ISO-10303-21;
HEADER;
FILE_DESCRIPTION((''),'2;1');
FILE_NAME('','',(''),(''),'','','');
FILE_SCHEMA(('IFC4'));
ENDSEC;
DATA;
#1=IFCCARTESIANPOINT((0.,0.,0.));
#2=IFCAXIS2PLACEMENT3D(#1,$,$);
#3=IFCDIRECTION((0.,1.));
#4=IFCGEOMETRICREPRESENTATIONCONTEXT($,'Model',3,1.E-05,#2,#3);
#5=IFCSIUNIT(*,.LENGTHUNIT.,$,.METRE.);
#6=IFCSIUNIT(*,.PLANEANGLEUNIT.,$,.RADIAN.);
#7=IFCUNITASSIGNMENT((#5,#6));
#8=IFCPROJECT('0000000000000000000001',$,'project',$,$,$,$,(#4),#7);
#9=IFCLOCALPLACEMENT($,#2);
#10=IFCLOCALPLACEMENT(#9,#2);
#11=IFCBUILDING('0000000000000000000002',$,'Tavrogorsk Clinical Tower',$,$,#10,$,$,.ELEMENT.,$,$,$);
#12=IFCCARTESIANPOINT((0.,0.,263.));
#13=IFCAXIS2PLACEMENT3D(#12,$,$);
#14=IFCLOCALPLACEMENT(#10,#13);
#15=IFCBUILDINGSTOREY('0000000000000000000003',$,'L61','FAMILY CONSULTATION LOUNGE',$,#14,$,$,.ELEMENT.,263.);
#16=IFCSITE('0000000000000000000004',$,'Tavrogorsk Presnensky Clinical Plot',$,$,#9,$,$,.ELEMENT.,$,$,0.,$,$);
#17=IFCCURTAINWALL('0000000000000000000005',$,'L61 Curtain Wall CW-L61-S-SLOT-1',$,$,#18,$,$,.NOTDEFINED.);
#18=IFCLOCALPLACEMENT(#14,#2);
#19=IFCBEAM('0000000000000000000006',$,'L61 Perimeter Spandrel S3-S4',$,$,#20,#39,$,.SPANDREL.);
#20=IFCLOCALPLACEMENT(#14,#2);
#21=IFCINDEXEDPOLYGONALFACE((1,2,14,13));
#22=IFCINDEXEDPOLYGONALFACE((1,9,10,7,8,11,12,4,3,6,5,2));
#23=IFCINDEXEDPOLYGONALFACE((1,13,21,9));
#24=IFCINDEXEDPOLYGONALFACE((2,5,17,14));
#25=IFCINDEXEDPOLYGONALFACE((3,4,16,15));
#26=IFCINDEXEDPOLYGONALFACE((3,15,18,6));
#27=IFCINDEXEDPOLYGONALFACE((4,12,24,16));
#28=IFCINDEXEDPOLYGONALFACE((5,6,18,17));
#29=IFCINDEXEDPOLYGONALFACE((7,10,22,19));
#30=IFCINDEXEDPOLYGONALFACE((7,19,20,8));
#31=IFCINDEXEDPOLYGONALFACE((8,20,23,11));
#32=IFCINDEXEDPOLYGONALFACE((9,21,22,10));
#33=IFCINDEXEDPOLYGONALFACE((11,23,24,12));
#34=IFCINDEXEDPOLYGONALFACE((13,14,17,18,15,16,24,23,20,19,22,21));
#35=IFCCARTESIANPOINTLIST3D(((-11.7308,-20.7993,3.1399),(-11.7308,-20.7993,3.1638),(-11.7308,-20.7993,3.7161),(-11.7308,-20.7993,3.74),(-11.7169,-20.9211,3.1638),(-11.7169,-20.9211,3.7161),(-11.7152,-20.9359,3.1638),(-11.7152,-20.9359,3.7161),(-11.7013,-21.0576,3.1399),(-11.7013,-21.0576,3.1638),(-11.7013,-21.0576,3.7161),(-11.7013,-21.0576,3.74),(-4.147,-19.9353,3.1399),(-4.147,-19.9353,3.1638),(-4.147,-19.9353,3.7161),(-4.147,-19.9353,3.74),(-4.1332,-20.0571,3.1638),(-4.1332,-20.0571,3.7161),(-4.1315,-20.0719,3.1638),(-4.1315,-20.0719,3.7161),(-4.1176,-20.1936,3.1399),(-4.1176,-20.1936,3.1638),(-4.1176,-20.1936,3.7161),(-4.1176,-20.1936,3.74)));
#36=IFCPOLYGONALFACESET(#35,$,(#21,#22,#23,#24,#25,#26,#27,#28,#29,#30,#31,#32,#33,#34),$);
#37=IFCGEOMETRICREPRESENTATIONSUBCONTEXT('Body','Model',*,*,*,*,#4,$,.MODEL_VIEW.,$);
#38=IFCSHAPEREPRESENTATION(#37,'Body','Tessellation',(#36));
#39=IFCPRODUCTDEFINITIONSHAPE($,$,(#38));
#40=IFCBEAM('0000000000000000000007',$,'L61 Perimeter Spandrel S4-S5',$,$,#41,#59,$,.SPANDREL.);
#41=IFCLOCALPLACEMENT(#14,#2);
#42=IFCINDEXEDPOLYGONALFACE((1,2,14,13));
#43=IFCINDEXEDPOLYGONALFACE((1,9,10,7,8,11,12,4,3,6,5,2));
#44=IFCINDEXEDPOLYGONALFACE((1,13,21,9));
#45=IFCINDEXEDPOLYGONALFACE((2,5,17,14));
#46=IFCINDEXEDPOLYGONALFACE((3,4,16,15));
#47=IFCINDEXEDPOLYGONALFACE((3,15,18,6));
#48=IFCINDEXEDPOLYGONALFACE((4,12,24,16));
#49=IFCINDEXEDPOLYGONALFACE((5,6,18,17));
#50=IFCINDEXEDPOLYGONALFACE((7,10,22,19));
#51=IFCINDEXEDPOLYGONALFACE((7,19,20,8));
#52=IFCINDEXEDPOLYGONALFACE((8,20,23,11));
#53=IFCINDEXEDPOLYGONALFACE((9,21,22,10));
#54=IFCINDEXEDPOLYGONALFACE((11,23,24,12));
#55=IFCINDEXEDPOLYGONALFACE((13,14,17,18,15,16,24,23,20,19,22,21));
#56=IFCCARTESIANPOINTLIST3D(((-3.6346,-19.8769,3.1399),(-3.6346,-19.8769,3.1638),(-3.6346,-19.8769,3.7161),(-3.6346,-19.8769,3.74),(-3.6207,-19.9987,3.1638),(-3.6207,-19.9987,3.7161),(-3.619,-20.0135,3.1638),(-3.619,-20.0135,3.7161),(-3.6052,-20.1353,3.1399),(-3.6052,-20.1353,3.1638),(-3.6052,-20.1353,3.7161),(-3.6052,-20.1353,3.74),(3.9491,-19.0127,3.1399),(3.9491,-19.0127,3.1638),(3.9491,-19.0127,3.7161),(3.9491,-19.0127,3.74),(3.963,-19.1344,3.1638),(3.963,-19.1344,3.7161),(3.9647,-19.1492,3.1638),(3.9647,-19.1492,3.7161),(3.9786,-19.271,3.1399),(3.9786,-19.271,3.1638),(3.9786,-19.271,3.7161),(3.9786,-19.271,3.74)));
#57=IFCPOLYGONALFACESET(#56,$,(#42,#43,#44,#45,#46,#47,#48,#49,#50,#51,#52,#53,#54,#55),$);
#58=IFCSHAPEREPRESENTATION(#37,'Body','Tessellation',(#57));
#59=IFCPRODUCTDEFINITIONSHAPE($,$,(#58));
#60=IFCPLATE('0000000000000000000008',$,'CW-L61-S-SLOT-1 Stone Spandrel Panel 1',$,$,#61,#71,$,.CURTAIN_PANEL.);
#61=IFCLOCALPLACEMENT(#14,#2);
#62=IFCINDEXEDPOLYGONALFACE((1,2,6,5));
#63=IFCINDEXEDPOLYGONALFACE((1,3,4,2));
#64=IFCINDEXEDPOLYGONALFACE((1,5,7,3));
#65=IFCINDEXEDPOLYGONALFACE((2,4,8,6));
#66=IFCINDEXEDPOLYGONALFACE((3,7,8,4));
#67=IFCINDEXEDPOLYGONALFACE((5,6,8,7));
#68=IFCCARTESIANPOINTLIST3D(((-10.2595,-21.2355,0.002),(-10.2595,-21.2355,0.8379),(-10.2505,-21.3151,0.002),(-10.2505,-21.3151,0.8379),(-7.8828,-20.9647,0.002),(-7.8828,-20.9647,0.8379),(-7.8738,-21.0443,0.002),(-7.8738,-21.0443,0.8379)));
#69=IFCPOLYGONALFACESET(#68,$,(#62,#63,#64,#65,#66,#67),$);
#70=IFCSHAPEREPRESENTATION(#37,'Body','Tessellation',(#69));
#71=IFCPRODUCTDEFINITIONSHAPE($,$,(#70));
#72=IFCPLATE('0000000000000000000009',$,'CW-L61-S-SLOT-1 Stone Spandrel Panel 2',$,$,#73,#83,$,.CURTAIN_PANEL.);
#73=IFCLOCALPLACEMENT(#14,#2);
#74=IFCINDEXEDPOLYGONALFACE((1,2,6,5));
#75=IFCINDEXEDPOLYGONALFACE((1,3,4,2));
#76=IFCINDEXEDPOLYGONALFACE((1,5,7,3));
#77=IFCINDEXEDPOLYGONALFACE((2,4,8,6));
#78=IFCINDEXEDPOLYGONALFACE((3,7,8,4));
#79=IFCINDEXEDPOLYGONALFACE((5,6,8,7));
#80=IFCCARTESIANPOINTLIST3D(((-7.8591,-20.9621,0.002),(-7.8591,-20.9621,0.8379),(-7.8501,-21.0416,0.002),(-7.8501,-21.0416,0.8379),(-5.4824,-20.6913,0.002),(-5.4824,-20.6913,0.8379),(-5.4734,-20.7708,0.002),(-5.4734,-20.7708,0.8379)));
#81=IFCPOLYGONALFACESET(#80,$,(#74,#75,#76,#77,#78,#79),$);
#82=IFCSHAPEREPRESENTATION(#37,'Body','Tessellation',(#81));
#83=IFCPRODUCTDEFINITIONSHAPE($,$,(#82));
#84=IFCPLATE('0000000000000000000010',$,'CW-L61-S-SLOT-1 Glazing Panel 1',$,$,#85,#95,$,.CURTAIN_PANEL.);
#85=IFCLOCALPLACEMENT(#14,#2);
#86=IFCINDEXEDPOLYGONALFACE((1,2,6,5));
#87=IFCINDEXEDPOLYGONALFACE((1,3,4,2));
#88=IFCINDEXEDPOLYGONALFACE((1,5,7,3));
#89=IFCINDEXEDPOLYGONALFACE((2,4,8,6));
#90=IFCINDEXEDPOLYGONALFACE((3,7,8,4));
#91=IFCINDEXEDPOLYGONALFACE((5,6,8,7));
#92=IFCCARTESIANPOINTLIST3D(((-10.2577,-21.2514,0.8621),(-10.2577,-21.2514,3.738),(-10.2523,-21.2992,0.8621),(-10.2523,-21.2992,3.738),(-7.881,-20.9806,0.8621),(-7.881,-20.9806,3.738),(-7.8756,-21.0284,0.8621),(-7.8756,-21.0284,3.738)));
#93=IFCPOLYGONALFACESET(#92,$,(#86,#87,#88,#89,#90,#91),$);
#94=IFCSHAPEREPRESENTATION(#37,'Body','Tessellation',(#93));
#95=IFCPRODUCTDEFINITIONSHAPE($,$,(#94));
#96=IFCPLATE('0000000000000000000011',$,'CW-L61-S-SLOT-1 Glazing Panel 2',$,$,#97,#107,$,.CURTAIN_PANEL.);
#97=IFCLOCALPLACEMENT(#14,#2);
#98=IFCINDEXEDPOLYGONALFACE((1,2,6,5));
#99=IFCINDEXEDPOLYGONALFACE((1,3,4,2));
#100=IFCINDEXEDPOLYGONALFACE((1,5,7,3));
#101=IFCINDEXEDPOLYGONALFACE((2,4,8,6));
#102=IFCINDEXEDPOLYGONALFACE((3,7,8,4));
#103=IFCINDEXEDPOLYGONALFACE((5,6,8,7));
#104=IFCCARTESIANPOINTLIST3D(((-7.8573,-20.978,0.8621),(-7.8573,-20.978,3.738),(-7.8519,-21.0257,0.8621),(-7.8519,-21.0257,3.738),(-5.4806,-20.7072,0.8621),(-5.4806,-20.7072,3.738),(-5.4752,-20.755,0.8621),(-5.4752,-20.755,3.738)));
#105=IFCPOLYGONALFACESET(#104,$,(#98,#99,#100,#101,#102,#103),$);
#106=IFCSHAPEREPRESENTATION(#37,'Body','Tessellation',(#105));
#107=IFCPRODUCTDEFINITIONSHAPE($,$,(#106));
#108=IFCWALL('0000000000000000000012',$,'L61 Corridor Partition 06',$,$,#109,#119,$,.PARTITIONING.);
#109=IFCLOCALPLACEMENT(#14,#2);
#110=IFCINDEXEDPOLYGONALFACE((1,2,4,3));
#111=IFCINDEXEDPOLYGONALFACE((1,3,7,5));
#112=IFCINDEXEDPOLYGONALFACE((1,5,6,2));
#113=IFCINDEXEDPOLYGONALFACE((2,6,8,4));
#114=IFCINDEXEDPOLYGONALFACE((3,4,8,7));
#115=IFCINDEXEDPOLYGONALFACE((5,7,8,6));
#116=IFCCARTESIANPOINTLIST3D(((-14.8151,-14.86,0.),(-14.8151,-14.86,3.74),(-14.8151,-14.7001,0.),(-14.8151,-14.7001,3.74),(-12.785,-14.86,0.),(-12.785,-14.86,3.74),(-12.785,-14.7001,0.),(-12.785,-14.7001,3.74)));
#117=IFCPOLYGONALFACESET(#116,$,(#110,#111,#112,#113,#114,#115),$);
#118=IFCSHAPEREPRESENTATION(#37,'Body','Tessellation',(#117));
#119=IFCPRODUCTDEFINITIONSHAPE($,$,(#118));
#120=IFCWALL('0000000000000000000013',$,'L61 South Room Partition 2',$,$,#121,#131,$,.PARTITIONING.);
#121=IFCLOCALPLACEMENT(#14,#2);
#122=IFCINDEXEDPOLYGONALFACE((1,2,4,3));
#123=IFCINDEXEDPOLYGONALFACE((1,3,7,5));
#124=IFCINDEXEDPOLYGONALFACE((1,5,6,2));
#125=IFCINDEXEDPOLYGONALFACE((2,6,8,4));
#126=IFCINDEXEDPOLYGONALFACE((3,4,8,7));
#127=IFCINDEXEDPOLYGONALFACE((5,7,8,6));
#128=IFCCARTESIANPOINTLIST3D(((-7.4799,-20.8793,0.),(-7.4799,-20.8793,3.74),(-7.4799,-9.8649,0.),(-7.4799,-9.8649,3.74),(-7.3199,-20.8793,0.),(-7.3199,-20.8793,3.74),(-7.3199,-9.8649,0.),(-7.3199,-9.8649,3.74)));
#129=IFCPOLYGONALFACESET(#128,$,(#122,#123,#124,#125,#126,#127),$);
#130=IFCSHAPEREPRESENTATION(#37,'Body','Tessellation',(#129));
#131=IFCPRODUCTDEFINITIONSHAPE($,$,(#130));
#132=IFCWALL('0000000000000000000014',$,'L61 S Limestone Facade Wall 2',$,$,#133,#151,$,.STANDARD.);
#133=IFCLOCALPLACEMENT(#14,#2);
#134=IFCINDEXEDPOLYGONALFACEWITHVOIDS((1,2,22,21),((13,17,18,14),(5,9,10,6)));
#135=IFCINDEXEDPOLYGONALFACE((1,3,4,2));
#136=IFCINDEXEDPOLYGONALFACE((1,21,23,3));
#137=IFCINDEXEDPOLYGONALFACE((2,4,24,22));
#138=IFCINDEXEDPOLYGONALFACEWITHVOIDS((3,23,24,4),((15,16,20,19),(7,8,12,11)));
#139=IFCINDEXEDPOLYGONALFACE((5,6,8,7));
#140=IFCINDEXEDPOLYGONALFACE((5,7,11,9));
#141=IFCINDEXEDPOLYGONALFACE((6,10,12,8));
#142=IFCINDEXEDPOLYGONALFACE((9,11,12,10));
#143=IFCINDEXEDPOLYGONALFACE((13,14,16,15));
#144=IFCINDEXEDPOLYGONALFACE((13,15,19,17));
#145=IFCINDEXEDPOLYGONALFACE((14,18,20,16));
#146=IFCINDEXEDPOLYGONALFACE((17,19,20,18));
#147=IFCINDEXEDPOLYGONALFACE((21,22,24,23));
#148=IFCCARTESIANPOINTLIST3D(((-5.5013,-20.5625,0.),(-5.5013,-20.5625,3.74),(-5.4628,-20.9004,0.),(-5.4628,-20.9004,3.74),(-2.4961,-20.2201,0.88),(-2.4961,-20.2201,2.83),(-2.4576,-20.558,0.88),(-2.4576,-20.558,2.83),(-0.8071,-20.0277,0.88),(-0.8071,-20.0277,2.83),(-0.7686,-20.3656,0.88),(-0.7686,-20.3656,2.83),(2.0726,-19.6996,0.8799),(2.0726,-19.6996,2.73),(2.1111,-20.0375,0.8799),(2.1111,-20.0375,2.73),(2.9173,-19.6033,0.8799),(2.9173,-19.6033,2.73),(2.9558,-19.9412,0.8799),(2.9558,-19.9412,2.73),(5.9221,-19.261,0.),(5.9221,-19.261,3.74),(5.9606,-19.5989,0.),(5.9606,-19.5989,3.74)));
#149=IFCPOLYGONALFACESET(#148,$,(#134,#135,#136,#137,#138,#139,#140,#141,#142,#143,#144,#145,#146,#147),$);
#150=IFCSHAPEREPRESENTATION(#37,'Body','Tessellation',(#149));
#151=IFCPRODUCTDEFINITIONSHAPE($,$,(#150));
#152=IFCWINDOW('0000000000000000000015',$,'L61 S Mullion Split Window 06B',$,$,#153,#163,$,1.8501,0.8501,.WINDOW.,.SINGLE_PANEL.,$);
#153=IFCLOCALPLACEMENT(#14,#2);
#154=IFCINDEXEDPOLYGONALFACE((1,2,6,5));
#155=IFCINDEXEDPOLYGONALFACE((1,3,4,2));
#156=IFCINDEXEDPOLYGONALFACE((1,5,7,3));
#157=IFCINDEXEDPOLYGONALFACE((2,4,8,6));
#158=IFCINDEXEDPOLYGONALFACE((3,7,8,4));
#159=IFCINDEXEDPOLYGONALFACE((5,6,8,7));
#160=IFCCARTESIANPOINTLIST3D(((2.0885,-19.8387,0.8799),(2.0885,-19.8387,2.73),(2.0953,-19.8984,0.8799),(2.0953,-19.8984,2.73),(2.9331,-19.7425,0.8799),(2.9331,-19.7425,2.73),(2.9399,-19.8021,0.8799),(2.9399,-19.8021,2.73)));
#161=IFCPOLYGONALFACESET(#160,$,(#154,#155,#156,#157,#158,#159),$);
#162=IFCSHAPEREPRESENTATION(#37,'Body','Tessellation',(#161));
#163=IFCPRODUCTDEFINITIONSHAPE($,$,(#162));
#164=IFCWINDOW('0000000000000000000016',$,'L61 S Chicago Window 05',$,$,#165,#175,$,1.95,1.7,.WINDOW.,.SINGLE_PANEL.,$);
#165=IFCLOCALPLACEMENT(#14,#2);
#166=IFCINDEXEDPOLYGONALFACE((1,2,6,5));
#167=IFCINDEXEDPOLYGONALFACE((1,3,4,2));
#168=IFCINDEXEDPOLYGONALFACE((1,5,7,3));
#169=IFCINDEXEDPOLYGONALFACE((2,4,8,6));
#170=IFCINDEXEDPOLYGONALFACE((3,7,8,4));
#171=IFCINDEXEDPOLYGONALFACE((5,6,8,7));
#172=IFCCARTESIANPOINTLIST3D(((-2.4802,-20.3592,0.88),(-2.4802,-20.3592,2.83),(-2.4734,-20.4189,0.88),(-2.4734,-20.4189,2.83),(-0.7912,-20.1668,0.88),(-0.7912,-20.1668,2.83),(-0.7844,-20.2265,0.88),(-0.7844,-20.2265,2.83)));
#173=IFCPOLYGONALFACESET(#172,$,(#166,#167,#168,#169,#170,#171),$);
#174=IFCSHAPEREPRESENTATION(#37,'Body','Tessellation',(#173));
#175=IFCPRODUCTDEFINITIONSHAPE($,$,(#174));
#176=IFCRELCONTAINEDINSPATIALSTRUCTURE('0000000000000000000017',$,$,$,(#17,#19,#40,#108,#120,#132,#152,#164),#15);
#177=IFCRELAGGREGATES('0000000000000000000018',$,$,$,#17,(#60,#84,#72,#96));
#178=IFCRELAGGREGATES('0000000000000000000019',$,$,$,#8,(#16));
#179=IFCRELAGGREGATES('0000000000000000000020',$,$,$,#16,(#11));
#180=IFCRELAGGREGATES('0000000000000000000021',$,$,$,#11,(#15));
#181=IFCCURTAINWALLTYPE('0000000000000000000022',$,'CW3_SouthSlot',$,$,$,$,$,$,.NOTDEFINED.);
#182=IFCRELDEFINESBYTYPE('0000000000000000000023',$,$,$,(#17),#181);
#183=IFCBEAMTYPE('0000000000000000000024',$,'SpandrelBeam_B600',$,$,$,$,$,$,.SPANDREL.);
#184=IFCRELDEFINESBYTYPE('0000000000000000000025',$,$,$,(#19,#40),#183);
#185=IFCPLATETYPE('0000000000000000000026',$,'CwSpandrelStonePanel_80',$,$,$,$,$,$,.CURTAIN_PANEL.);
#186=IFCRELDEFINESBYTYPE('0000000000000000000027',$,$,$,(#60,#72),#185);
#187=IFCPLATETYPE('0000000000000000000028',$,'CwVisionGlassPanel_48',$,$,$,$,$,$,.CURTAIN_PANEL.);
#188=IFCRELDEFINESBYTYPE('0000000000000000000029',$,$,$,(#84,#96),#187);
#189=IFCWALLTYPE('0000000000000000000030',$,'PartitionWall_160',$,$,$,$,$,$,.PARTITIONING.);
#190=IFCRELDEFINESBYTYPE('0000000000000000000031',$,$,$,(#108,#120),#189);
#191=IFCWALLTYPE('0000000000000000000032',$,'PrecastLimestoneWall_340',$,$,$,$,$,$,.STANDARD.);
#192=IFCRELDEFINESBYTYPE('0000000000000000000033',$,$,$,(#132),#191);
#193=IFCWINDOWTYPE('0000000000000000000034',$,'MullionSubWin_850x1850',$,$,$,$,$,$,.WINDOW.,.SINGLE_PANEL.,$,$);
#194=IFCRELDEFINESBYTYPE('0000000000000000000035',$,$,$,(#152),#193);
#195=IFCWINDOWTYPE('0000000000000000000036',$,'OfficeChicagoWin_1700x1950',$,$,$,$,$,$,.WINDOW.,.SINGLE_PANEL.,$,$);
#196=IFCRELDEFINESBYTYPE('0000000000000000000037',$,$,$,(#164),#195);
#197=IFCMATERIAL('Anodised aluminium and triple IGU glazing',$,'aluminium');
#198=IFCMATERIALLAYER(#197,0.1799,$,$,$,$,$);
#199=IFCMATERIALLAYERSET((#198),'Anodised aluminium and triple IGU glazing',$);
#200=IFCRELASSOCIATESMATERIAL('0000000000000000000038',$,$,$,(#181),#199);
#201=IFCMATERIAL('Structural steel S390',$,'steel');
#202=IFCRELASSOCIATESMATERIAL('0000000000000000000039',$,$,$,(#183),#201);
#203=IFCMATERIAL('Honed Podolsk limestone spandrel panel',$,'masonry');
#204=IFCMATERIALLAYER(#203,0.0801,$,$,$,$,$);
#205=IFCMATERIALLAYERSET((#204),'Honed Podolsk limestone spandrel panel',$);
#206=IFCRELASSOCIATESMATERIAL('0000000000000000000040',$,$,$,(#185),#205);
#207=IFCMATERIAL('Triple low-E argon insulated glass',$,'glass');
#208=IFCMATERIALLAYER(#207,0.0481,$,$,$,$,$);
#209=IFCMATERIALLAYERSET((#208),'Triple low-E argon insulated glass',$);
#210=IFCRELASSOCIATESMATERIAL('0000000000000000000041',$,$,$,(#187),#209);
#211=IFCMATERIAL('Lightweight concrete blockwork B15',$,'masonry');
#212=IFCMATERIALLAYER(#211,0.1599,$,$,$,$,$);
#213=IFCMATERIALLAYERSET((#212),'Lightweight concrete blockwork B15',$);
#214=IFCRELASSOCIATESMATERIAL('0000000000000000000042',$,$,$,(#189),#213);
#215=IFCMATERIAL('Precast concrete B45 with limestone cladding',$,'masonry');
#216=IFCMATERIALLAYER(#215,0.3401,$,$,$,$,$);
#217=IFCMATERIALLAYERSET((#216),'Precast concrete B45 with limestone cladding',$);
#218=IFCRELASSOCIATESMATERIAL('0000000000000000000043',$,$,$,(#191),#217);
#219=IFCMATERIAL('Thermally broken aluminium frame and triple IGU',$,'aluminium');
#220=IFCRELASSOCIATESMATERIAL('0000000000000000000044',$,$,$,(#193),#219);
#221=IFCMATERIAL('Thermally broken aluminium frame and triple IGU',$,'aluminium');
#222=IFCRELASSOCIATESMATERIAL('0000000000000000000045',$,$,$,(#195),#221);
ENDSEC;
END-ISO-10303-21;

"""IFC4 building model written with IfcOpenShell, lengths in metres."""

from ifc_helpers import new_model, si_unit, direction, frame, frame_2d, origin, origin_2d, place, context, subcontext, project, spatial, rectangle, i_section, extrude, material, layer, layer_set, material_profile, profile_set, type_object, element, fill, aggregate, save


model = new_model("IFC4")

# Units and contexts
model_context = context("Model", 3, precision=1e-05, world=origin(), true_north=direction((0.0, 1.0)))
body_context = subcontext(model_context, "Body", "Model", "MODEL_VIEW")
ifc_project = project(units=[si_unit("LENGTHUNIT", "METRE"), si_unit("PLANEANGLEUNIT", "RADIAN")], contexts=[model_context])

# Site, building, storey
site_placement = place(None, origin())
site = spatial("IfcSite", under=ifc_project, at=site_placement, Name="Tavrogorsk Presnensky Clinical Plot", CompositionType="ELEMENT", RefElevation=0.0)
building_placement = place(site_placement, origin())
building = spatial("IfcBuilding", under=site, at=building_placement, Name="Tavrogorsk Clinical Tower", CompositionType="ELEMENT")
storey_placement = place(building_placement, frame((0.0, 0.0, 263.0)))
storey = spatial("IfcBuildingStorey", under=building, at=storey_placement, Name="L61", Description="FAMILY CONSULTATION LOUNGE", CompositionType="ELEMENT", Elevation=263.0)

# Curtain wall
ifc_material_1 = material(Name="Anodised aluminium and triple IGU glazing", Category="aluminium")
ifc_layer_1 = layer(ifc_material_1, 0.1799)
ifc_layer_set_1 = layer_set([ifc_layer_1], Name="Anodised aluminium and triple IGU glazing")
curtain_wall_type = type_object("IfcCurtainWallType", Name="CW3_SouthSlot", PredefinedType="NOTDEFINED", material=ifc_layer_set_1)
curtain_wall_placement = place(storey_placement, origin())
curtain_wall = element("IfcCurtainWall", 1, at=curtain_wall_placement, inside=storey, type_object=curtain_wall_type, Name="L61 Curtain Wall CW-L61-S-SLOT-1", PredefinedType="NOTDEFINED")

# Beams
ifc_material_2 = material(Name="Structural steel S390", Category="steel")
ifc_material_profile_1 = material_profile(ifc_material_2, i_section(OverallWidth=0.26, OverallDepth=0.6001, WebThickness=0.0149, FlangeThickness=0.0239, at=origin_2d()), Name="B-600x260x15x24")
ifc_profile_set_1 = profile_set([ifc_material_profile_1], Name="Structural steel S390")
beam_type = type_object("IfcBeamType", Name="SpandrelBeam_B600", PredefinedType="SPANDREL", material=ifc_profile_set_1)
for number, where, z_axis, x_axis, name in (
    (2, (-11.7161, -20.9285, 3.4399), (0.993573, 0.113197, 0.0), (-0.113197, 0.993573, 0.0), "L61 Perimeter Spandrel S3-S4"),
    (3, (-3.6199, -20.0061, 3.4399), (0.993569, 0.113229, 0.0), (-0.113229, 0.993569, 0.0), "L61 Perimeter Spandrel S4-S5"),
):
    element("IfcBeam", number, at=place(storey_placement, frame(where, z_axis=z_axis, x_axis=x_axis)), inside=storey, type_object=beam_type, Name=name, PredefinedType="SPANDREL", context=body_context, shape_type="SweptSolid", body=[
        extrude(i_section(OverallWidth=0.26, OverallDepth=0.6001, WebThickness=0.0149, FlangeThickness=0.0239, at=origin_2d()), origin(), (0.0, 0.0, 1.0), 7.6328),
    ])

# Plates
ifc_material_3 = material(Name="Honed Podolsk limestone spandrel panel", Category="masonry")
ifc_layer_2 = layer(ifc_material_3, 0.0801)
ifc_layer_set_2 = layer_set([ifc_layer_2], Name="Honed Podolsk limestone spandrel panel")
plate_type_1 = type_object("IfcPlateType", Name="CwSpandrelStonePanel_80", PredefinedType="CURTAIN_PANEL", material=ifc_layer_set_2)
plate_1_placement = place(storey_placement, frame((-9.0667, -21.1399, 0.002), z_axis=(0.0, 0.0, 1.0), x_axis=(0.993572, 0.113203, 0.0)))
plate_1 = element("IfcPlate", 4, at=plate_1_placement, type_object=plate_type_1, Name="CW-L61-S-SLOT-1 Stone Spandrel Panel 1", PredefinedType="CURTAIN_PANEL", context=body_context, shape_type="SweptSolid", body=[
    extrude(rectangle(XDim=2.3921, YDim=0.0801, at=origin_2d()), origin(), (0.0, 0.0, 1.0), 0.8359),
])
plate_2_placement = place(storey_placement, frame((-6.6663, -20.8665, 0.002), z_axis=(0.0, 0.0, 1.0), x_axis=(0.993572, 0.113203, 0.0)))
plate_2 = element("IfcPlate", 5, at=plate_2_placement, type_object=plate_type_1, Name="CW-L61-S-SLOT-1 Stone Spandrel Panel 2", PredefinedType="CURTAIN_PANEL", context=body_context, shape_type="SweptSolid", body=[
    extrude(rectangle(XDim=2.3921, YDim=0.0801, at=origin_2d()), origin(), (0.0, 0.0, 1.0), 0.8359),
])
ifc_material_4 = material(Name="Triple low-E argon insulated glass", Category="glass")
ifc_layer_3 = layer(ifc_material_4, 0.0481)
ifc_layer_set_3 = layer_set([ifc_layer_3], Name="Triple low-E argon insulated glass")
plate_type_2 = type_object("IfcPlateType", Name="CwVisionGlassPanel_48", PredefinedType="CURTAIN_PANEL", material=ifc_layer_set_3)
plate_3_placement = place(storey_placement, frame((-9.0667, -21.1399, 0.8621), z_axis=(0.0, 0.0, 1.0), x_axis=(0.993572, 0.113203, 0.0)))
plate_3 = element("IfcPlate", 6, at=plate_3_placement, type_object=plate_type_2, Name="CW-L61-S-SLOT-1 Glazing Panel 1", PredefinedType="CURTAIN_PANEL", context=body_context, shape_type="SweptSolid", body=[
    extrude(rectangle(XDim=2.3921, YDim=0.0481, at=origin_2d()), origin(), (0.0, 0.0, 1.0), 2.876),
])
plate_4_placement = place(storey_placement, frame((-6.6663, -20.8665, 0.8621), z_axis=(0.0, 0.0, 1.0), x_axis=(0.993572, 0.113203, 0.0)))
plate_4 = element("IfcPlate", 7, at=plate_4_placement, type_object=plate_type_2, Name="CW-L61-S-SLOT-1 Glazing Panel 2", PredefinedType="CURTAIN_PANEL", context=body_context, shape_type="SweptSolid", body=[
    extrude(rectangle(XDim=2.3921, YDim=0.0481, at=origin_2d()), origin(), (0.0, 0.0, 1.0), 2.876),
])
aggregate(curtain_wall, [plate_1, plate_3, plate_2, plate_4])

# Walls
ifc_material_5 = material(Name="Lightweight concrete blockwork B15", Category="masonry")
ifc_layer_4 = layer(ifc_material_5, 0.1599)
ifc_layer_set_4 = layer_set([ifc_layer_4], Name="Lightweight concrete blockwork B15")
wall_type_1 = type_object("IfcWallType", Name="PartitionWall_160", PredefinedType="PARTITIONING", material=ifc_layer_set_4)
wall_1_placement = place(storey_placement, frame((-12.7849, -14.78, 0.0), z_axis=(0.0, 0.0, 1.0), x_axis=(-1.0, 0.0, 0.0)))
element("IfcWall", 8, at=wall_1_placement, inside=storey, type_object=wall_type_1, Name="L61 Corridor Partition 06", PredefinedType="PARTITIONING", context=body_context, shape_type="SweptSolid", body=[
    extrude(rectangle(XDim=2.03, YDim=0.1599, at=frame_2d((1.0151, 0.0))), origin(), (0.0, 0.0, 1.0), 3.74),
])
wall_2_placement = place(storey_placement, frame((-7.3999, -20.8794, 0.0), z_axis=(0.0, 0.0, 1.0), x_axis=(0.0, 1.0, 0.0)))
element("IfcWall", 9, at=wall_2_placement, inside=storey, type_object=wall_type_1, Name="L61 South Room Partition 2", PredefinedType="PARTITIONING", context=body_context, shape_type="SweptSolid", body=[
    extrude(rectangle(XDim=11.0144, YDim=0.1599, at=frame_2d((5.5073, 0.0))), origin(), (0.0, 0.0, 1.0), 3.74),
])

# Wall, openings, windows
ifc_material_6 = material(Name="Precast concrete B45 with limestone cladding", Category="masonry")
ifc_layer_5 = layer(ifc_material_6, 0.3401)
ifc_layer_set_5 = layer_set([ifc_layer_5], Name="Precast concrete B45 with limestone cladding")
wall_type_2 = type_object("IfcWallType", Name="PrecastLimestoneWall_340", PredefinedType="STANDARD", material=ifc_layer_set_5)
wall_3_placement = place(storey_placement, frame((-5.4819, -20.7314, 0.0), z_axis=(0.0, 0.0, 1.0), x_axis=(0.993572, 0.113202, 0.0)))
wall_3 = element("IfcWall", 10, at=wall_3_placement, inside=storey, type_object=wall_type_2, Name="L61 S Limestone Facade Wall 2", PredefinedType="STANDARD", context=body_context, shape_type="SweptSolid", body=[
    extrude(rectangle(XDim=11.4973, YDim=0.3401, at=frame_2d((5.7485, 0.0))), origin(), (0.0, 0.0, 1.0), 3.74),
])
opening_1_placement = place(wall_3_placement, frame((3.0244, 0.0, 0.8799)))
opening_1 = element("IfcOpeningElement", 11, at=opening_1_placement, cuts=wall_3, PredefinedType="OPENING", context=body_context, shape_type="SweptSolid", body=[
    extrude(rectangle(XDim=1.7, YDim=1.95, at=frame_2d((0.8501, 0.9751))), frame((0.0, 0.1799, 0.0), z_axis=(0.0, -1.0, 0.0), x_axis=(1.0, 0.0, 0.0)), (0.0, 0.0, 1.0), 0.3601),
])
opening_2_placement = place(wall_3_placement, frame((7.6228, 0.0, 0.8799)))
opening_2 = element("IfcOpeningElement", 12, at=opening_2_placement, cuts=wall_3, PredefinedType="OPENING", context=body_context, shape_type="SweptSolid", body=[
    extrude(rectangle(XDim=0.8501, YDim=1.8501, at=frame_2d((0.425, 0.925))), frame((0.0, 0.1799, 0.0), z_axis=(0.0, -1.0, 0.0), x_axis=(1.0, 0.0, 0.0)), (0.0, 0.0, 1.0), 0.3601),
])
ifc_material_7 = material(Name="Thermally broken aluminium frame and triple IGU", Category="aluminium")
window_type_1 = type_object("IfcWindowType", Name="MullionSubWin_850x1850", PartitioningType="SINGLE_PANEL", PredefinedType="WINDOW", material=ifc_material_7)
window_1_placement = place(opening_2_placement, origin())
window_1 = element("IfcWindow", 13, at=window_1_placement, inside=storey, type_object=window_type_1, Name="L61 S Mullion Split Window 06B", OverallHeight=1.8501, OverallWidth=0.8501, PartitioningType="SINGLE_PANEL", PredefinedType="WINDOW", context=body_context, shape_type="SweptSolid", body=[
    extrude(rectangle(XDim=0.8501, YDim=1.8501, at=frame_2d((0.425, 0.925))), frame((0.0, 0.03, 0.0), z_axis=(0.0, -1.0, 0.0), x_axis=(1.0, 0.0, 0.0)), (0.0, 0.0, 1.0), 0.0601),
])
fill(opening_2, window_1)
ifc_material_8 = material(Name="Thermally broken aluminium frame and triple IGU", Category="aluminium")
window_type_2 = type_object("IfcWindowType", Name="OfficeChicagoWin_1700x1950", PartitioningType="SINGLE_PANEL", PredefinedType="WINDOW", material=ifc_material_8)
window_2_placement = place(opening_1_placement, origin())
window_2 = element("IfcWindow", 14, at=window_2_placement, inside=storey, type_object=window_type_2, Name="L61 S Chicago Window 05", OverallHeight=1.95, OverallWidth=1.7, PartitioningType="SINGLE_PANEL", PredefinedType="WINDOW", context=body_context, shape_type="SweptSolid", body=[
    extrude(rectangle(XDim=1.7, YDim=1.95, at=frame_2d((0.8501, 0.9751))), frame((0.0, 0.03, 0.0), z_axis=(0.0, -1.0, 0.0), x_axis=(1.0, 0.0, 0.0)), (0.0, 0.0, 1.0), 0.0601),
])
fill(opening_1, window_2)

save(model, "model.ifc")
